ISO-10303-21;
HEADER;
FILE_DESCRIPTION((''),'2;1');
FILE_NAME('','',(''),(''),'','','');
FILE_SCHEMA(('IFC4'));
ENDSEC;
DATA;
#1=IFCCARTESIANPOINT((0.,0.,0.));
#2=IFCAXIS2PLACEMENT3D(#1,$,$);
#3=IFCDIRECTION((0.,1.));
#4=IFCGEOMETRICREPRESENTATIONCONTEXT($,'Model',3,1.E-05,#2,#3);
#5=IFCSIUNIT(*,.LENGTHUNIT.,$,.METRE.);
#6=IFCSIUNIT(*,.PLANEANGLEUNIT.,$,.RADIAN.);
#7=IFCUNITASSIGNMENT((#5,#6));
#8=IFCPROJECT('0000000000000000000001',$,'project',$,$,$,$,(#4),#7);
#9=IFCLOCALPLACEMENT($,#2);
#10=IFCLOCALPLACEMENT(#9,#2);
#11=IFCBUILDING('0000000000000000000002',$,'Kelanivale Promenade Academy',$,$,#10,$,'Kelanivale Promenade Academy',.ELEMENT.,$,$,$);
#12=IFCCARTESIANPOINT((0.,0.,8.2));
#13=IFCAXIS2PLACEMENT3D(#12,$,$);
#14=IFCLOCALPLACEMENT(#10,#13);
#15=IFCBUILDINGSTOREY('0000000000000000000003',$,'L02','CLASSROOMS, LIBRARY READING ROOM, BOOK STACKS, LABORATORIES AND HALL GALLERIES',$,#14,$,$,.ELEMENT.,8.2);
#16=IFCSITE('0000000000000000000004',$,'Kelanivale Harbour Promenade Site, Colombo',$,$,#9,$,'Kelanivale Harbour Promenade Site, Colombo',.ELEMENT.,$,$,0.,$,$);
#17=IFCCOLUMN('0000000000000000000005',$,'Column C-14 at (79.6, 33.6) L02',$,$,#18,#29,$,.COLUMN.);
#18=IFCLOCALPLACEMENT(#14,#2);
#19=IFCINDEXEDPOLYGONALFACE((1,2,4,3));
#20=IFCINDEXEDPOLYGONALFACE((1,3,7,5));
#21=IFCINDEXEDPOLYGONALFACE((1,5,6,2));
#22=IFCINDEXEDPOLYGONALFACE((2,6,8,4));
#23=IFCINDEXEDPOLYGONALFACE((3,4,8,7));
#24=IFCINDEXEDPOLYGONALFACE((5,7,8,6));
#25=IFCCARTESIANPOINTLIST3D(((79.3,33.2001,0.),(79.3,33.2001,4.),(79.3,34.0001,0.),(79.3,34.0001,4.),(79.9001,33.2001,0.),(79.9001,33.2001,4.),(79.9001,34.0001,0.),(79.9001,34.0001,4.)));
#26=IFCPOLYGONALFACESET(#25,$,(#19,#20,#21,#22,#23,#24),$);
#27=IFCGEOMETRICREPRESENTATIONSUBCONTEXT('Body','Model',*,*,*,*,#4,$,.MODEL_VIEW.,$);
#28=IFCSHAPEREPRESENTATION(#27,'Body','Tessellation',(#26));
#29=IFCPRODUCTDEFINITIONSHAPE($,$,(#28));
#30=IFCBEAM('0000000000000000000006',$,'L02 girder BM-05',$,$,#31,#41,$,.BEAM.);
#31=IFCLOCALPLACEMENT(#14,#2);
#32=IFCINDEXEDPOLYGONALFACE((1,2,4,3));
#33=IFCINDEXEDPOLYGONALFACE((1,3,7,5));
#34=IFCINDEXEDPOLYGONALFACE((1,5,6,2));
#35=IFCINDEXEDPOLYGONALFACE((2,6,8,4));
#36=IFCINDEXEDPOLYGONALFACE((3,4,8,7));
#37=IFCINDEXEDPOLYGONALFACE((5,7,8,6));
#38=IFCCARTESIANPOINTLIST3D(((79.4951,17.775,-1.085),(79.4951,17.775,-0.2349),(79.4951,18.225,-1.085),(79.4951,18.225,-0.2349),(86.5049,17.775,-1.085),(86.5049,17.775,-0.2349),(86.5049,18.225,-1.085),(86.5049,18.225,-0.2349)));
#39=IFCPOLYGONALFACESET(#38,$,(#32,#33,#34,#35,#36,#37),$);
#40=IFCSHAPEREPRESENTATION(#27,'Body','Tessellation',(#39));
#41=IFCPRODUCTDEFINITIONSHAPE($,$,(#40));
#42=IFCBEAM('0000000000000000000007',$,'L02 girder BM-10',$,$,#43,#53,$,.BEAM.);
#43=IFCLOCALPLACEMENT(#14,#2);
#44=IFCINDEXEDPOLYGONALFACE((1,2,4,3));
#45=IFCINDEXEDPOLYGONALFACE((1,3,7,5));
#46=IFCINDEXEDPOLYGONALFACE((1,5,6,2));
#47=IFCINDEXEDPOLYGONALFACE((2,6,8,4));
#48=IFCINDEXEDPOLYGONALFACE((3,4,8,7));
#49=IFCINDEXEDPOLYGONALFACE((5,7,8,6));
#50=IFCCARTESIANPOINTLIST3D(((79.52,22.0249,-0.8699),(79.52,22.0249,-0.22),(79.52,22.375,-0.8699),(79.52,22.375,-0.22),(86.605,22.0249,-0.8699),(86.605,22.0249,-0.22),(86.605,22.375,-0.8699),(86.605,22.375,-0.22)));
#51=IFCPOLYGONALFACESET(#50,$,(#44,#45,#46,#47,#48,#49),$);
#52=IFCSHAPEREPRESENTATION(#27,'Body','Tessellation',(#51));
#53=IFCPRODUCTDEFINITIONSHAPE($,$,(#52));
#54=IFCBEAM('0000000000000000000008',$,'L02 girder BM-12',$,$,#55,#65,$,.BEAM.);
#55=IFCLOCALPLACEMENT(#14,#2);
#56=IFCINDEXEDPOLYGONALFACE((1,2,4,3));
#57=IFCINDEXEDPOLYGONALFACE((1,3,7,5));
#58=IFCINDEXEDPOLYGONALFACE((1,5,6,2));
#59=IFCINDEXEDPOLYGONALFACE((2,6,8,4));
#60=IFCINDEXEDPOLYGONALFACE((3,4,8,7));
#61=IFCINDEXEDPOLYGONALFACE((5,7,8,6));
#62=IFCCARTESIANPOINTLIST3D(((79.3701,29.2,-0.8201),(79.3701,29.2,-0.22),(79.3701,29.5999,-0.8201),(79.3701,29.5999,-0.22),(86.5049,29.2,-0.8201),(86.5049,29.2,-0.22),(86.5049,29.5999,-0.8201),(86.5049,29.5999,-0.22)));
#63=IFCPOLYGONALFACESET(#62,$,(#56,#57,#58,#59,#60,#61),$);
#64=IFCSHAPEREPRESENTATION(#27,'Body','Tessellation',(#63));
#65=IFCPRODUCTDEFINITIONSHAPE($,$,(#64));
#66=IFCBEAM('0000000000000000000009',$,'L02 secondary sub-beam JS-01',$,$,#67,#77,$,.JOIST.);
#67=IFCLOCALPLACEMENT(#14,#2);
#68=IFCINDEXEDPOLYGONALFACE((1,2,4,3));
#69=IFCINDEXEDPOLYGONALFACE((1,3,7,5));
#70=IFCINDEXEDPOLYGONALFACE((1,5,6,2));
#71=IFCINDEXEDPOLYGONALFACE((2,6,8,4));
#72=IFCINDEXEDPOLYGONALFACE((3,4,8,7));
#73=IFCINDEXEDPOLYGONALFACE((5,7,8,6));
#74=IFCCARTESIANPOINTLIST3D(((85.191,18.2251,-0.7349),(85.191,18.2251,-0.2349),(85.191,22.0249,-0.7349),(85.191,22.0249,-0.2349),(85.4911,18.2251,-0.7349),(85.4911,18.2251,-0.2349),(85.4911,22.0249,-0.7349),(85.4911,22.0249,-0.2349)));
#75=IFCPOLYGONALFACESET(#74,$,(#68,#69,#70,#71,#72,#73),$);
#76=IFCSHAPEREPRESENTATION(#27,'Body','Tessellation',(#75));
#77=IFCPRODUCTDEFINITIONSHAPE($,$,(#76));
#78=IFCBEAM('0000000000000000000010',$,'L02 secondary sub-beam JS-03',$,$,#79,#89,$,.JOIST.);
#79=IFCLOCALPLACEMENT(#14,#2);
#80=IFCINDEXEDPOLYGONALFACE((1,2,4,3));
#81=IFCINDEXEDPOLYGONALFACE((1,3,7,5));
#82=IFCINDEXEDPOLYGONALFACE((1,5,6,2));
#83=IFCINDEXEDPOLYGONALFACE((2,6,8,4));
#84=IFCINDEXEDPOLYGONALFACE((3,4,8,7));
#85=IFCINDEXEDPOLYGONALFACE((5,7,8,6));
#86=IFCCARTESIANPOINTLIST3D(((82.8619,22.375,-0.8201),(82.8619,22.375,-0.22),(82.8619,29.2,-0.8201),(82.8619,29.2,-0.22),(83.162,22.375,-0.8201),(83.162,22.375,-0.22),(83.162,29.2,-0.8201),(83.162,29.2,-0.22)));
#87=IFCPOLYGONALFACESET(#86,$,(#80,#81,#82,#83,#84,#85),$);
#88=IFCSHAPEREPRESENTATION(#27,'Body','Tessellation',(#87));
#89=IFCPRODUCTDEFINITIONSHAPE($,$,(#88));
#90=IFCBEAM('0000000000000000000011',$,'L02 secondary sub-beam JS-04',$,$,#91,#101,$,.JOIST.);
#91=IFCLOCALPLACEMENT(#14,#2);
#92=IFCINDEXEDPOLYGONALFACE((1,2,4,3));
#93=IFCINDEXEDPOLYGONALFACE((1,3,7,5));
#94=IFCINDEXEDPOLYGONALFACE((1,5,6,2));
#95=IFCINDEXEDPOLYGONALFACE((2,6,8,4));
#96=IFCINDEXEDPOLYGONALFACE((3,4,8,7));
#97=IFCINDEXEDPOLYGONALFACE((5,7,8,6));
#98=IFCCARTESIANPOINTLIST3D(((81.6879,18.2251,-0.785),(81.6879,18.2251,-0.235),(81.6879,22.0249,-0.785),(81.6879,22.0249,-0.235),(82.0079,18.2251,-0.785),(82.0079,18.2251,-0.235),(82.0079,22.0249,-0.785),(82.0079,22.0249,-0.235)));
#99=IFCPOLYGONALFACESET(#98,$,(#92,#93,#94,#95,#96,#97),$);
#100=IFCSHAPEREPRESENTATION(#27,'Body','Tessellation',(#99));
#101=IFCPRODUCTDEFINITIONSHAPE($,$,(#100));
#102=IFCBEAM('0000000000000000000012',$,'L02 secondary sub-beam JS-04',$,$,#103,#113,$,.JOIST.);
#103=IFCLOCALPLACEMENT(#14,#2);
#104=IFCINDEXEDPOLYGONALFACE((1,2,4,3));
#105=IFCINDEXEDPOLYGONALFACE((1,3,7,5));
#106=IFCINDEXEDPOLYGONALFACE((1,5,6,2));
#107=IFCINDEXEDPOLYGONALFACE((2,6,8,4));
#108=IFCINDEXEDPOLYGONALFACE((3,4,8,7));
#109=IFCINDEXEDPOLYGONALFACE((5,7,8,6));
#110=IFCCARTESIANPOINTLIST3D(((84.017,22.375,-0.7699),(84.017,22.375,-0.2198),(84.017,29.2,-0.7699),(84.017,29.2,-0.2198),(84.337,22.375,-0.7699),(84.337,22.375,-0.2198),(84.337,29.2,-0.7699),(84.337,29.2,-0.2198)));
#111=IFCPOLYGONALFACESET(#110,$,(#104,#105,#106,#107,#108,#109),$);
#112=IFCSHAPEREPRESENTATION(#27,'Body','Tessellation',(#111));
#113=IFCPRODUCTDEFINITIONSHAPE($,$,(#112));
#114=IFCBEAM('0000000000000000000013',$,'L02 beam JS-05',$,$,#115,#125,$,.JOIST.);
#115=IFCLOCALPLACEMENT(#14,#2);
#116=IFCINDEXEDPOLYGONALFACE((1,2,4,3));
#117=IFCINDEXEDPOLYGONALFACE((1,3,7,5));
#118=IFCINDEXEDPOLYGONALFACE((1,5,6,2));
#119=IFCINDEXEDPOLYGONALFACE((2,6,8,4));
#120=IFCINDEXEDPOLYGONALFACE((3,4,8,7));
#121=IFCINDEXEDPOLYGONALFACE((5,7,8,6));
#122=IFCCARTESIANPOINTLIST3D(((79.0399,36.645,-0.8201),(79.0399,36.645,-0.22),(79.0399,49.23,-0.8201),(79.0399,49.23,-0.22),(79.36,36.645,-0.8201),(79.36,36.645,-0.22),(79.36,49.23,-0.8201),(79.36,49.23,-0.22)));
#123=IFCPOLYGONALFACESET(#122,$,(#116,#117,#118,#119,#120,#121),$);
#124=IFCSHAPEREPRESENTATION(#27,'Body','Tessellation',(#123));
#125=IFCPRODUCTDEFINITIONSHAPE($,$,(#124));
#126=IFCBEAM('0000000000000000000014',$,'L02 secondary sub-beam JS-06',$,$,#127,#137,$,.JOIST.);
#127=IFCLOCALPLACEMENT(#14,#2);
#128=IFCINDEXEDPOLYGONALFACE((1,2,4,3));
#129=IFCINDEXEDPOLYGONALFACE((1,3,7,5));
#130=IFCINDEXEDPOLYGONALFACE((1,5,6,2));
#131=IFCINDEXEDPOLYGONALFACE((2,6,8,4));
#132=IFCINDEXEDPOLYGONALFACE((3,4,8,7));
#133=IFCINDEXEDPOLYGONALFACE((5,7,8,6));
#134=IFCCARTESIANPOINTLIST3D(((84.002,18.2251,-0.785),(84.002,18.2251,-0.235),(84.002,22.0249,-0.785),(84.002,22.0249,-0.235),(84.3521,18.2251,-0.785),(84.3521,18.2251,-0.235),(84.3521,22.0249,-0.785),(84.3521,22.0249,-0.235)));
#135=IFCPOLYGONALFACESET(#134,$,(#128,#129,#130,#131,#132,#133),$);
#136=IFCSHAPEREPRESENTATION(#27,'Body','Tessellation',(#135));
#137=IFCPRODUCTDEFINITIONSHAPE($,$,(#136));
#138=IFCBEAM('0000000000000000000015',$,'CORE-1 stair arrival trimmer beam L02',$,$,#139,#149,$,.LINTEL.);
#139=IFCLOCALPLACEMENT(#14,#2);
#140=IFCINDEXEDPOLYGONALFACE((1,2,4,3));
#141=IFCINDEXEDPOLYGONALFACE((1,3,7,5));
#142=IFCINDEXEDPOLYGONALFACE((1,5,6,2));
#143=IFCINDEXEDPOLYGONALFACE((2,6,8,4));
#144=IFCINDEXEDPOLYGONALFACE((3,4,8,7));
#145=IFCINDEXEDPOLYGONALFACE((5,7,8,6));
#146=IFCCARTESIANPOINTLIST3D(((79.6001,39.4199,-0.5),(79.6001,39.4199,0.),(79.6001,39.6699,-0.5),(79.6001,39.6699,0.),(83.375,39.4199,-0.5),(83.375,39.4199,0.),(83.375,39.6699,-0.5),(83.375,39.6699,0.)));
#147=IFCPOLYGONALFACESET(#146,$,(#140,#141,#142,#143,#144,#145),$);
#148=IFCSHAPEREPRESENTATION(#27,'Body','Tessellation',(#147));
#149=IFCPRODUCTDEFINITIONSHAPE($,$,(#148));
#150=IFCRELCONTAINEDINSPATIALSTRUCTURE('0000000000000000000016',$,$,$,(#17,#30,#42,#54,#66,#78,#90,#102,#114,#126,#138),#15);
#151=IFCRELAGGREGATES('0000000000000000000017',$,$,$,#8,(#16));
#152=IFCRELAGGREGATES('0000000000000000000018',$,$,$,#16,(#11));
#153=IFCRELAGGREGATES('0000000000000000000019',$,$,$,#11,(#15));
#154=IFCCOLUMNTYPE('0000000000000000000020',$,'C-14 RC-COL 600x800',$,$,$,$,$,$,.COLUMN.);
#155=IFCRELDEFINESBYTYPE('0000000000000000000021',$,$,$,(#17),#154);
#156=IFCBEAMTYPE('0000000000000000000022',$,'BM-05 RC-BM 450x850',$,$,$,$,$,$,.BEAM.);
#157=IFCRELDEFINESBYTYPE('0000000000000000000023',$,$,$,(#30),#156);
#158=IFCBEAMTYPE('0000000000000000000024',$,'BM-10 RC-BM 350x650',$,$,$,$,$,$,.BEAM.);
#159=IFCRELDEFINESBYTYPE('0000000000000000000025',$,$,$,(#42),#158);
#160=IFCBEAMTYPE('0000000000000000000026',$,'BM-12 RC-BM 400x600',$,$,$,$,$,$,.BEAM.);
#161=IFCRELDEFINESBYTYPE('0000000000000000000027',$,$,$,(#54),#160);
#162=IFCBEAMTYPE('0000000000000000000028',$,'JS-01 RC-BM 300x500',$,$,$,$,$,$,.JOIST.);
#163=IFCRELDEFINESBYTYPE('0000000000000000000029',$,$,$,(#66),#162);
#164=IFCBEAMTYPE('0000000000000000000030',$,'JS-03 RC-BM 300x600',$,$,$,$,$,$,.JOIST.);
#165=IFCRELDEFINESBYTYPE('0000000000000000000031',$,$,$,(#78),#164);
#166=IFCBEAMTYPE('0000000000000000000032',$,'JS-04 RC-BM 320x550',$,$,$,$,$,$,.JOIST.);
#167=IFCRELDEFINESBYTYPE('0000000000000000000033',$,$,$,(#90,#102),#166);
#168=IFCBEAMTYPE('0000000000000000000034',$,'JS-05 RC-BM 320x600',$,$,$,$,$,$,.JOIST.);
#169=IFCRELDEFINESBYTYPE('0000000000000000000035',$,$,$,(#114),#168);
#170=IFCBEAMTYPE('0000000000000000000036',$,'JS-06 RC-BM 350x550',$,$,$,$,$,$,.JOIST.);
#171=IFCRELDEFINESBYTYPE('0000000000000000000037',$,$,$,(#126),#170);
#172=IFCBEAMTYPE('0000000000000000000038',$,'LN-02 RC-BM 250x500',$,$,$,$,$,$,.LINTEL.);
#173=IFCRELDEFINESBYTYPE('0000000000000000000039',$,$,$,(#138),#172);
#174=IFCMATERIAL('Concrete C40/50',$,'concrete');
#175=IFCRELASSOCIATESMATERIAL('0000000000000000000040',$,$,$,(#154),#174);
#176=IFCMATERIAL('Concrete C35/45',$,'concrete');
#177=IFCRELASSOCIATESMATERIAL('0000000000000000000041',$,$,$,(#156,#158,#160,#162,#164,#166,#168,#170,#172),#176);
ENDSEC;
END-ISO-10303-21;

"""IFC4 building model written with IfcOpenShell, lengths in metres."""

from ifc_helpers import new_model, si_unit, direction, frame, origin, origin_2d, place, context, subcontext, project, spatial, rectangle, extrude, material, material_profile, profile_set, type_object, element, save


model = new_model("IFC4")

# Units and contexts
model_context = context("Model", 3, precision=1e-05, world=origin(), true_north=direction((0.0, 1.0)))
body_context = subcontext(model_context, "Body", "Model", "MODEL_VIEW")
ifc_project = project(units=[si_unit("LENGTHUNIT", "METRE"), si_unit("PLANEANGLEUNIT", "RADIAN")], contexts=[model_context])

# Site, building, storey
site_placement = place(None, origin())
site = spatial("IfcSite", under=ifc_project, at=site_placement, Name="Kelanivale Harbour Promenade Site, Colombo", LongName="Kelanivale Harbour Promenade Site, Colombo", CompositionType="ELEMENT", RefElevation=0.0)
building_placement = place(site_placement, origin())
building = spatial("IfcBuilding", under=site, at=building_placement, Name="Kelanivale Promenade Academy", LongName="Kelanivale Promenade Academy", CompositionType="ELEMENT")
storey_placement = place(building_placement, frame((0.0, 0.0, 8.2)))
storey = spatial("IfcBuildingStorey", under=building, at=storey_placement, Name="L02", Description="CLASSROOMS, LIBRARY READING ROOM, BOOK STACKS, LABORATORIES AND HALL GALLERIES", CompositionType="ELEMENT", Elevation=8.2)

# Column
ifc_material_1 = material(Name="Concrete C40/50", Category="concrete")
ifc_material_profile_1 = material_profile(ifc_material_1, rectangle(XDim=0.6001, YDim=0.8, at=origin_2d()), Name="RC-COL 600x800")
ifc_profile_set_1 = profile_set([ifc_material_profile_1], Name="Concrete C40/50")
column_type = type_object("IfcColumnType", Name="C-14 RC-COL 600x800", PredefinedType="COLUMN", material=ifc_profile_set_1)
column_placement = place(storey_placement, frame((79.6001, 33.6001, 0.0), z_axis=(0.0, 0.0, 1.0), x_axis=(1.0, 0.0, 0.0)))
element("IfcColumn", 1, at=column_placement, inside=storey, type_object=column_type, Name="Column C-14 at (79.6, 33.6) L02", PredefinedType="COLUMN", context=body_context, shape_type="SweptSolid", body=[
    extrude(rectangle(XDim=0.6001, YDim=0.8, at=origin_2d()), origin(), (0.0, 0.0, 1.0), 4.0),
])

# Beams
ifc_material_2 = material(Name="Concrete C35/45", Category="concrete")
ifc_material_profile_2 = material_profile(ifc_material_2, rectangle(XDim=0.45, YDim=0.8501, at=origin_2d()), Name="RC-BM 450x850")
ifc_profile_set_2 = profile_set([ifc_material_profile_2], Name="Concrete C35/45")
beam_type_1 = type_object("IfcBeamType", Name="BM-05 RC-BM 450x850", PredefinedType="BEAM", material=ifc_profile_set_2)
beam_1_placement = place(storey_placement, frame((79.4951, 18.0, -0.6599), z_axis=(1.0, 0.0, 0.0), x_axis=(0.0, 1.0, 0.0)))
element("IfcBeam", 2, at=beam_1_placement, inside=storey, type_object=beam_type_1, Name="L02 girder BM-05", PredefinedType="BEAM", context=body_context, shape_type="SweptSolid", body=[
    extrude(rectangle(XDim=0.45, YDim=0.8501, at=origin_2d()), origin(), (0.0, 0.0, 1.0), 7.0098),
])
ifc_material_profile_3 = material_profile(ifc_material_2, rectangle(XDim=0.3501, YDim=0.6499, at=origin_2d()), Name="RC-BM 350x650")
ifc_profile_set_3 = profile_set([ifc_material_profile_3], Name="Concrete C35/45")
beam_type_2 = type_object("IfcBeamType", Name="BM-10 RC-BM 350x650", PredefinedType="BEAM", material=ifc_profile_set_3)
beam_2_placement = place(storey_placement, frame((79.52, 22.2, -0.5449), z_axis=(1.0, 0.0, 0.0), x_axis=(0.0, 1.0, 0.0)))
element("IfcBeam", 3, at=beam_2_placement, inside=storey, type_object=beam_type_2, Name="L02 girder BM-10", PredefinedType="BEAM", context=body_context, shape_type="SweptSolid", body=[
    extrude(rectangle(XDim=0.3501, YDim=0.6499, at=origin_2d()), origin(), (0.0, 0.0, 1.0), 7.085),
])
ifc_material_profile_4 = material_profile(ifc_material_2, rectangle(XDim=0.3999, YDim=0.6001, at=origin_2d()), Name="RC-BM 400x600")
ifc_profile_set_4 = profile_set([ifc_material_profile_4], Name="Concrete C35/45")
beam_type_3 = type_object("IfcBeamType", Name="BM-12 RC-BM 400x600", PredefinedType="BEAM", material=ifc_profile_set_4)
beam_3_placement = place(storey_placement, frame((79.3701, 29.3999, -0.52), z_axis=(1.0, 0.0, 0.0), x_axis=(0.0, 1.0, 0.0)))
element("IfcBeam", 4, at=beam_3_placement, inside=storey, type_object=beam_type_3, Name="L02 girder BM-12", PredefinedType="BEAM", context=body_context, shape_type="SweptSolid", body=[
    extrude(rectangle(XDim=0.3999, YDim=0.6001, at=origin_2d()), origin(), (0.0, 0.0, 1.0), 7.1348),
])
ifc_material_profile_5 = material_profile(ifc_material_2, rectangle(XDim=0.3, YDim=0.5, at=origin_2d()), Name="RC-BM 300x500")
ifc_profile_set_5 = profile_set([ifc_material_profile_5], Name="Concrete C35/45")
beam_type_4 = type_object("IfcBeamType", Name="JS-01 RC-BM 300x500", PredefinedType="JOIST", material=ifc_profile_set_5)
beam_4_placement = place(storey_placement, frame((85.3411, 18.2251, -0.4849), z_axis=(0.0, 1.0, 0.0), x_axis=(-1.0, 0.0, 0.0)))
element("IfcBeam", 5, at=beam_4_placement, inside=storey, type_object=beam_type_4, Name="L02 secondary sub-beam JS-01", PredefinedType="JOIST", context=body_context, shape_type="SweptSolid", body=[
    extrude(rectangle(XDim=0.3, YDim=0.5, at=origin_2d()), origin(), (0.0, 0.0, 1.0), 3.7998),
])
ifc_material_profile_6 = material_profile(ifc_material_2, rectangle(XDim=0.3, YDim=0.6001, at=origin_2d()), Name="RC-BM 300x600")
ifc_profile_set_6 = profile_set([ifc_material_profile_6], Name="Concrete C35/45")
beam_type_5 = type_object("IfcBeamType", Name="JS-03 RC-BM 300x600", PredefinedType="JOIST", material=ifc_profile_set_6)
beam_5_placement = place(storey_placement, frame((83.012, 22.375, -0.52), z_axis=(0.0, 1.0, 0.0), x_axis=(-1.0, 0.0, 0.0)))
element("IfcBeam", 6, at=beam_5_placement, inside=storey, type_object=beam_type_5, Name="L02 secondary sub-beam JS-03", PredefinedType="JOIST", context=body_context, shape_type="SweptSolid", body=[
    extrude(rectangle(XDim=0.3, YDim=0.6001, at=origin_2d()), origin(), (0.0, 0.0, 1.0), 6.825),
])
ifc_material_profile_7 = material_profile(ifc_material_2, rectangle(XDim=0.3201, YDim=0.55, at=origin_2d()), Name="RC-BM 320x550")
ifc_profile_set_7 = profile_set([ifc_material_profile_7], Name="Concrete C35/45")
beam_type_6 = type_object("IfcBeamType", Name="JS-04 RC-BM 320x550", PredefinedType="JOIST", material=ifc_profile_set_7)
beam_6_placement = place(storey_placement, frame((81.8479, 18.2251, -0.51), z_axis=(0.0, 1.0, 0.0), x_axis=(-1.0, 0.0, 0.0)))
element("IfcBeam", 7, at=beam_6_placement, inside=storey, type_object=beam_type_6, Name="L02 secondary sub-beam JS-04", PredefinedType="JOIST", context=body_context, shape_type="SweptSolid", body=[
    extrude(rectangle(XDim=0.3201, YDim=0.55, at=origin_2d()), origin(), (0.0, 0.0, 1.0), 3.7998),
])
beam_7_placement = place(storey_placement, frame((84.177, 22.375, -0.4949), z_axis=(0.0, 1.0, 0.0), x_axis=(-1.0, 0.0, 0.0)))
element("IfcBeam", 8, at=beam_7_placement, inside=storey, type_object=beam_type_6, Name="L02 secondary sub-beam JS-04", PredefinedType="JOIST", context=body_context, shape_type="SweptSolid", body=[
    extrude(rectangle(XDim=0.3201, YDim=0.55, at=origin_2d()), origin(), (0.0, 0.0, 1.0), 6.825),
])
ifc_material_profile_8 = material_profile(ifc_material_2, rectangle(XDim=0.3201, YDim=0.6001, at=origin_2d()), Name="RC-BM 320x600")
ifc_profile_set_8 = profile_set([ifc_material_profile_8], Name="Concrete C35/45")
beam_type_7 = type_object("IfcBeamType", Name="JS-05 RC-BM 320x600", PredefinedType="JOIST", material=ifc_profile_set_8)
beam_8_placement = place(storey_placement, frame((79.2, 36.645, -0.52), z_axis=(0.0, 1.0, 0.0), x_axis=(-1.0, 0.0, 0.0)))
element("IfcBeam", 9, at=beam_8_placement, inside=storey, type_object=beam_type_7, Name="L02 beam JS-05", PredefinedType="JOIST", context=body_context, shape_type="SweptSolid", body=[
    extrude(rectangle(XDim=0.3201, YDim=0.6001, at=origin_2d()), origin(), (0.0, 0.0, 1.0), 12.585),
])
ifc_material_profile_9 = material_profile(ifc_material_2, rectangle(XDim=0.3501, YDim=0.55, at=origin_2d()), Name="RC-BM 350x550")
ifc_profile_set_9 = profile_set([ifc_material_profile_9], Name="Concrete C35/45")
beam_type_8 = type_object("IfcBeamType", Name="JS-06 RC-BM 350x550", PredefinedType="JOIST", material=ifc_profile_set_9)
beam_9_placement = place(storey_placement, frame((84.177, 18.2251, -0.51), z_axis=(0.0, 1.0, 0.0), x_axis=(-1.0, 0.0, 0.0)))
element("IfcBeam", 10, at=beam_9_placement, inside=storey, type_object=beam_type_8, Name="L02 secondary sub-beam JS-06", PredefinedType="JOIST", context=body_context, shape_type="SweptSolid", body=[
    extrude(rectangle(XDim=0.3501, YDim=0.55, at=origin_2d()), origin(), (0.0, 0.0, 1.0), 3.7998),
])
ifc_material_profile_10 = material_profile(ifc_material_2, rectangle(XDim=0.25, YDim=0.5, at=origin_2d()), Name="RC-BM 250x500")
ifc_profile_set_10 = profile_set([ifc_material_profile_10], Name="Concrete C35/45")
beam_type_9 = type_object("IfcBeamType", Name="LN-02 RC-BM 250x500", PredefinedType="LINTEL", material=ifc_profile_set_10)
beam_10_placement = place(storey_placement, frame((79.6001, 39.5449, -0.25), z_axis=(1.0, 0.0, 0.0), x_axis=(0.0, 1.0, 0.0)))
element("IfcBeam", 11, at=beam_10_placement, inside=storey, type_object=beam_type_9, Name="CORE-1 stair arrival trimmer beam L02", PredefinedType="LINTEL", context=body_context, shape_type="SweptSolid", body=[
    extrude(rectangle(XDim=0.25, YDim=0.5, at=origin_2d()), origin(), (0.0, 0.0, 1.0), 3.7749),
])

save(model, "model.ifc")
